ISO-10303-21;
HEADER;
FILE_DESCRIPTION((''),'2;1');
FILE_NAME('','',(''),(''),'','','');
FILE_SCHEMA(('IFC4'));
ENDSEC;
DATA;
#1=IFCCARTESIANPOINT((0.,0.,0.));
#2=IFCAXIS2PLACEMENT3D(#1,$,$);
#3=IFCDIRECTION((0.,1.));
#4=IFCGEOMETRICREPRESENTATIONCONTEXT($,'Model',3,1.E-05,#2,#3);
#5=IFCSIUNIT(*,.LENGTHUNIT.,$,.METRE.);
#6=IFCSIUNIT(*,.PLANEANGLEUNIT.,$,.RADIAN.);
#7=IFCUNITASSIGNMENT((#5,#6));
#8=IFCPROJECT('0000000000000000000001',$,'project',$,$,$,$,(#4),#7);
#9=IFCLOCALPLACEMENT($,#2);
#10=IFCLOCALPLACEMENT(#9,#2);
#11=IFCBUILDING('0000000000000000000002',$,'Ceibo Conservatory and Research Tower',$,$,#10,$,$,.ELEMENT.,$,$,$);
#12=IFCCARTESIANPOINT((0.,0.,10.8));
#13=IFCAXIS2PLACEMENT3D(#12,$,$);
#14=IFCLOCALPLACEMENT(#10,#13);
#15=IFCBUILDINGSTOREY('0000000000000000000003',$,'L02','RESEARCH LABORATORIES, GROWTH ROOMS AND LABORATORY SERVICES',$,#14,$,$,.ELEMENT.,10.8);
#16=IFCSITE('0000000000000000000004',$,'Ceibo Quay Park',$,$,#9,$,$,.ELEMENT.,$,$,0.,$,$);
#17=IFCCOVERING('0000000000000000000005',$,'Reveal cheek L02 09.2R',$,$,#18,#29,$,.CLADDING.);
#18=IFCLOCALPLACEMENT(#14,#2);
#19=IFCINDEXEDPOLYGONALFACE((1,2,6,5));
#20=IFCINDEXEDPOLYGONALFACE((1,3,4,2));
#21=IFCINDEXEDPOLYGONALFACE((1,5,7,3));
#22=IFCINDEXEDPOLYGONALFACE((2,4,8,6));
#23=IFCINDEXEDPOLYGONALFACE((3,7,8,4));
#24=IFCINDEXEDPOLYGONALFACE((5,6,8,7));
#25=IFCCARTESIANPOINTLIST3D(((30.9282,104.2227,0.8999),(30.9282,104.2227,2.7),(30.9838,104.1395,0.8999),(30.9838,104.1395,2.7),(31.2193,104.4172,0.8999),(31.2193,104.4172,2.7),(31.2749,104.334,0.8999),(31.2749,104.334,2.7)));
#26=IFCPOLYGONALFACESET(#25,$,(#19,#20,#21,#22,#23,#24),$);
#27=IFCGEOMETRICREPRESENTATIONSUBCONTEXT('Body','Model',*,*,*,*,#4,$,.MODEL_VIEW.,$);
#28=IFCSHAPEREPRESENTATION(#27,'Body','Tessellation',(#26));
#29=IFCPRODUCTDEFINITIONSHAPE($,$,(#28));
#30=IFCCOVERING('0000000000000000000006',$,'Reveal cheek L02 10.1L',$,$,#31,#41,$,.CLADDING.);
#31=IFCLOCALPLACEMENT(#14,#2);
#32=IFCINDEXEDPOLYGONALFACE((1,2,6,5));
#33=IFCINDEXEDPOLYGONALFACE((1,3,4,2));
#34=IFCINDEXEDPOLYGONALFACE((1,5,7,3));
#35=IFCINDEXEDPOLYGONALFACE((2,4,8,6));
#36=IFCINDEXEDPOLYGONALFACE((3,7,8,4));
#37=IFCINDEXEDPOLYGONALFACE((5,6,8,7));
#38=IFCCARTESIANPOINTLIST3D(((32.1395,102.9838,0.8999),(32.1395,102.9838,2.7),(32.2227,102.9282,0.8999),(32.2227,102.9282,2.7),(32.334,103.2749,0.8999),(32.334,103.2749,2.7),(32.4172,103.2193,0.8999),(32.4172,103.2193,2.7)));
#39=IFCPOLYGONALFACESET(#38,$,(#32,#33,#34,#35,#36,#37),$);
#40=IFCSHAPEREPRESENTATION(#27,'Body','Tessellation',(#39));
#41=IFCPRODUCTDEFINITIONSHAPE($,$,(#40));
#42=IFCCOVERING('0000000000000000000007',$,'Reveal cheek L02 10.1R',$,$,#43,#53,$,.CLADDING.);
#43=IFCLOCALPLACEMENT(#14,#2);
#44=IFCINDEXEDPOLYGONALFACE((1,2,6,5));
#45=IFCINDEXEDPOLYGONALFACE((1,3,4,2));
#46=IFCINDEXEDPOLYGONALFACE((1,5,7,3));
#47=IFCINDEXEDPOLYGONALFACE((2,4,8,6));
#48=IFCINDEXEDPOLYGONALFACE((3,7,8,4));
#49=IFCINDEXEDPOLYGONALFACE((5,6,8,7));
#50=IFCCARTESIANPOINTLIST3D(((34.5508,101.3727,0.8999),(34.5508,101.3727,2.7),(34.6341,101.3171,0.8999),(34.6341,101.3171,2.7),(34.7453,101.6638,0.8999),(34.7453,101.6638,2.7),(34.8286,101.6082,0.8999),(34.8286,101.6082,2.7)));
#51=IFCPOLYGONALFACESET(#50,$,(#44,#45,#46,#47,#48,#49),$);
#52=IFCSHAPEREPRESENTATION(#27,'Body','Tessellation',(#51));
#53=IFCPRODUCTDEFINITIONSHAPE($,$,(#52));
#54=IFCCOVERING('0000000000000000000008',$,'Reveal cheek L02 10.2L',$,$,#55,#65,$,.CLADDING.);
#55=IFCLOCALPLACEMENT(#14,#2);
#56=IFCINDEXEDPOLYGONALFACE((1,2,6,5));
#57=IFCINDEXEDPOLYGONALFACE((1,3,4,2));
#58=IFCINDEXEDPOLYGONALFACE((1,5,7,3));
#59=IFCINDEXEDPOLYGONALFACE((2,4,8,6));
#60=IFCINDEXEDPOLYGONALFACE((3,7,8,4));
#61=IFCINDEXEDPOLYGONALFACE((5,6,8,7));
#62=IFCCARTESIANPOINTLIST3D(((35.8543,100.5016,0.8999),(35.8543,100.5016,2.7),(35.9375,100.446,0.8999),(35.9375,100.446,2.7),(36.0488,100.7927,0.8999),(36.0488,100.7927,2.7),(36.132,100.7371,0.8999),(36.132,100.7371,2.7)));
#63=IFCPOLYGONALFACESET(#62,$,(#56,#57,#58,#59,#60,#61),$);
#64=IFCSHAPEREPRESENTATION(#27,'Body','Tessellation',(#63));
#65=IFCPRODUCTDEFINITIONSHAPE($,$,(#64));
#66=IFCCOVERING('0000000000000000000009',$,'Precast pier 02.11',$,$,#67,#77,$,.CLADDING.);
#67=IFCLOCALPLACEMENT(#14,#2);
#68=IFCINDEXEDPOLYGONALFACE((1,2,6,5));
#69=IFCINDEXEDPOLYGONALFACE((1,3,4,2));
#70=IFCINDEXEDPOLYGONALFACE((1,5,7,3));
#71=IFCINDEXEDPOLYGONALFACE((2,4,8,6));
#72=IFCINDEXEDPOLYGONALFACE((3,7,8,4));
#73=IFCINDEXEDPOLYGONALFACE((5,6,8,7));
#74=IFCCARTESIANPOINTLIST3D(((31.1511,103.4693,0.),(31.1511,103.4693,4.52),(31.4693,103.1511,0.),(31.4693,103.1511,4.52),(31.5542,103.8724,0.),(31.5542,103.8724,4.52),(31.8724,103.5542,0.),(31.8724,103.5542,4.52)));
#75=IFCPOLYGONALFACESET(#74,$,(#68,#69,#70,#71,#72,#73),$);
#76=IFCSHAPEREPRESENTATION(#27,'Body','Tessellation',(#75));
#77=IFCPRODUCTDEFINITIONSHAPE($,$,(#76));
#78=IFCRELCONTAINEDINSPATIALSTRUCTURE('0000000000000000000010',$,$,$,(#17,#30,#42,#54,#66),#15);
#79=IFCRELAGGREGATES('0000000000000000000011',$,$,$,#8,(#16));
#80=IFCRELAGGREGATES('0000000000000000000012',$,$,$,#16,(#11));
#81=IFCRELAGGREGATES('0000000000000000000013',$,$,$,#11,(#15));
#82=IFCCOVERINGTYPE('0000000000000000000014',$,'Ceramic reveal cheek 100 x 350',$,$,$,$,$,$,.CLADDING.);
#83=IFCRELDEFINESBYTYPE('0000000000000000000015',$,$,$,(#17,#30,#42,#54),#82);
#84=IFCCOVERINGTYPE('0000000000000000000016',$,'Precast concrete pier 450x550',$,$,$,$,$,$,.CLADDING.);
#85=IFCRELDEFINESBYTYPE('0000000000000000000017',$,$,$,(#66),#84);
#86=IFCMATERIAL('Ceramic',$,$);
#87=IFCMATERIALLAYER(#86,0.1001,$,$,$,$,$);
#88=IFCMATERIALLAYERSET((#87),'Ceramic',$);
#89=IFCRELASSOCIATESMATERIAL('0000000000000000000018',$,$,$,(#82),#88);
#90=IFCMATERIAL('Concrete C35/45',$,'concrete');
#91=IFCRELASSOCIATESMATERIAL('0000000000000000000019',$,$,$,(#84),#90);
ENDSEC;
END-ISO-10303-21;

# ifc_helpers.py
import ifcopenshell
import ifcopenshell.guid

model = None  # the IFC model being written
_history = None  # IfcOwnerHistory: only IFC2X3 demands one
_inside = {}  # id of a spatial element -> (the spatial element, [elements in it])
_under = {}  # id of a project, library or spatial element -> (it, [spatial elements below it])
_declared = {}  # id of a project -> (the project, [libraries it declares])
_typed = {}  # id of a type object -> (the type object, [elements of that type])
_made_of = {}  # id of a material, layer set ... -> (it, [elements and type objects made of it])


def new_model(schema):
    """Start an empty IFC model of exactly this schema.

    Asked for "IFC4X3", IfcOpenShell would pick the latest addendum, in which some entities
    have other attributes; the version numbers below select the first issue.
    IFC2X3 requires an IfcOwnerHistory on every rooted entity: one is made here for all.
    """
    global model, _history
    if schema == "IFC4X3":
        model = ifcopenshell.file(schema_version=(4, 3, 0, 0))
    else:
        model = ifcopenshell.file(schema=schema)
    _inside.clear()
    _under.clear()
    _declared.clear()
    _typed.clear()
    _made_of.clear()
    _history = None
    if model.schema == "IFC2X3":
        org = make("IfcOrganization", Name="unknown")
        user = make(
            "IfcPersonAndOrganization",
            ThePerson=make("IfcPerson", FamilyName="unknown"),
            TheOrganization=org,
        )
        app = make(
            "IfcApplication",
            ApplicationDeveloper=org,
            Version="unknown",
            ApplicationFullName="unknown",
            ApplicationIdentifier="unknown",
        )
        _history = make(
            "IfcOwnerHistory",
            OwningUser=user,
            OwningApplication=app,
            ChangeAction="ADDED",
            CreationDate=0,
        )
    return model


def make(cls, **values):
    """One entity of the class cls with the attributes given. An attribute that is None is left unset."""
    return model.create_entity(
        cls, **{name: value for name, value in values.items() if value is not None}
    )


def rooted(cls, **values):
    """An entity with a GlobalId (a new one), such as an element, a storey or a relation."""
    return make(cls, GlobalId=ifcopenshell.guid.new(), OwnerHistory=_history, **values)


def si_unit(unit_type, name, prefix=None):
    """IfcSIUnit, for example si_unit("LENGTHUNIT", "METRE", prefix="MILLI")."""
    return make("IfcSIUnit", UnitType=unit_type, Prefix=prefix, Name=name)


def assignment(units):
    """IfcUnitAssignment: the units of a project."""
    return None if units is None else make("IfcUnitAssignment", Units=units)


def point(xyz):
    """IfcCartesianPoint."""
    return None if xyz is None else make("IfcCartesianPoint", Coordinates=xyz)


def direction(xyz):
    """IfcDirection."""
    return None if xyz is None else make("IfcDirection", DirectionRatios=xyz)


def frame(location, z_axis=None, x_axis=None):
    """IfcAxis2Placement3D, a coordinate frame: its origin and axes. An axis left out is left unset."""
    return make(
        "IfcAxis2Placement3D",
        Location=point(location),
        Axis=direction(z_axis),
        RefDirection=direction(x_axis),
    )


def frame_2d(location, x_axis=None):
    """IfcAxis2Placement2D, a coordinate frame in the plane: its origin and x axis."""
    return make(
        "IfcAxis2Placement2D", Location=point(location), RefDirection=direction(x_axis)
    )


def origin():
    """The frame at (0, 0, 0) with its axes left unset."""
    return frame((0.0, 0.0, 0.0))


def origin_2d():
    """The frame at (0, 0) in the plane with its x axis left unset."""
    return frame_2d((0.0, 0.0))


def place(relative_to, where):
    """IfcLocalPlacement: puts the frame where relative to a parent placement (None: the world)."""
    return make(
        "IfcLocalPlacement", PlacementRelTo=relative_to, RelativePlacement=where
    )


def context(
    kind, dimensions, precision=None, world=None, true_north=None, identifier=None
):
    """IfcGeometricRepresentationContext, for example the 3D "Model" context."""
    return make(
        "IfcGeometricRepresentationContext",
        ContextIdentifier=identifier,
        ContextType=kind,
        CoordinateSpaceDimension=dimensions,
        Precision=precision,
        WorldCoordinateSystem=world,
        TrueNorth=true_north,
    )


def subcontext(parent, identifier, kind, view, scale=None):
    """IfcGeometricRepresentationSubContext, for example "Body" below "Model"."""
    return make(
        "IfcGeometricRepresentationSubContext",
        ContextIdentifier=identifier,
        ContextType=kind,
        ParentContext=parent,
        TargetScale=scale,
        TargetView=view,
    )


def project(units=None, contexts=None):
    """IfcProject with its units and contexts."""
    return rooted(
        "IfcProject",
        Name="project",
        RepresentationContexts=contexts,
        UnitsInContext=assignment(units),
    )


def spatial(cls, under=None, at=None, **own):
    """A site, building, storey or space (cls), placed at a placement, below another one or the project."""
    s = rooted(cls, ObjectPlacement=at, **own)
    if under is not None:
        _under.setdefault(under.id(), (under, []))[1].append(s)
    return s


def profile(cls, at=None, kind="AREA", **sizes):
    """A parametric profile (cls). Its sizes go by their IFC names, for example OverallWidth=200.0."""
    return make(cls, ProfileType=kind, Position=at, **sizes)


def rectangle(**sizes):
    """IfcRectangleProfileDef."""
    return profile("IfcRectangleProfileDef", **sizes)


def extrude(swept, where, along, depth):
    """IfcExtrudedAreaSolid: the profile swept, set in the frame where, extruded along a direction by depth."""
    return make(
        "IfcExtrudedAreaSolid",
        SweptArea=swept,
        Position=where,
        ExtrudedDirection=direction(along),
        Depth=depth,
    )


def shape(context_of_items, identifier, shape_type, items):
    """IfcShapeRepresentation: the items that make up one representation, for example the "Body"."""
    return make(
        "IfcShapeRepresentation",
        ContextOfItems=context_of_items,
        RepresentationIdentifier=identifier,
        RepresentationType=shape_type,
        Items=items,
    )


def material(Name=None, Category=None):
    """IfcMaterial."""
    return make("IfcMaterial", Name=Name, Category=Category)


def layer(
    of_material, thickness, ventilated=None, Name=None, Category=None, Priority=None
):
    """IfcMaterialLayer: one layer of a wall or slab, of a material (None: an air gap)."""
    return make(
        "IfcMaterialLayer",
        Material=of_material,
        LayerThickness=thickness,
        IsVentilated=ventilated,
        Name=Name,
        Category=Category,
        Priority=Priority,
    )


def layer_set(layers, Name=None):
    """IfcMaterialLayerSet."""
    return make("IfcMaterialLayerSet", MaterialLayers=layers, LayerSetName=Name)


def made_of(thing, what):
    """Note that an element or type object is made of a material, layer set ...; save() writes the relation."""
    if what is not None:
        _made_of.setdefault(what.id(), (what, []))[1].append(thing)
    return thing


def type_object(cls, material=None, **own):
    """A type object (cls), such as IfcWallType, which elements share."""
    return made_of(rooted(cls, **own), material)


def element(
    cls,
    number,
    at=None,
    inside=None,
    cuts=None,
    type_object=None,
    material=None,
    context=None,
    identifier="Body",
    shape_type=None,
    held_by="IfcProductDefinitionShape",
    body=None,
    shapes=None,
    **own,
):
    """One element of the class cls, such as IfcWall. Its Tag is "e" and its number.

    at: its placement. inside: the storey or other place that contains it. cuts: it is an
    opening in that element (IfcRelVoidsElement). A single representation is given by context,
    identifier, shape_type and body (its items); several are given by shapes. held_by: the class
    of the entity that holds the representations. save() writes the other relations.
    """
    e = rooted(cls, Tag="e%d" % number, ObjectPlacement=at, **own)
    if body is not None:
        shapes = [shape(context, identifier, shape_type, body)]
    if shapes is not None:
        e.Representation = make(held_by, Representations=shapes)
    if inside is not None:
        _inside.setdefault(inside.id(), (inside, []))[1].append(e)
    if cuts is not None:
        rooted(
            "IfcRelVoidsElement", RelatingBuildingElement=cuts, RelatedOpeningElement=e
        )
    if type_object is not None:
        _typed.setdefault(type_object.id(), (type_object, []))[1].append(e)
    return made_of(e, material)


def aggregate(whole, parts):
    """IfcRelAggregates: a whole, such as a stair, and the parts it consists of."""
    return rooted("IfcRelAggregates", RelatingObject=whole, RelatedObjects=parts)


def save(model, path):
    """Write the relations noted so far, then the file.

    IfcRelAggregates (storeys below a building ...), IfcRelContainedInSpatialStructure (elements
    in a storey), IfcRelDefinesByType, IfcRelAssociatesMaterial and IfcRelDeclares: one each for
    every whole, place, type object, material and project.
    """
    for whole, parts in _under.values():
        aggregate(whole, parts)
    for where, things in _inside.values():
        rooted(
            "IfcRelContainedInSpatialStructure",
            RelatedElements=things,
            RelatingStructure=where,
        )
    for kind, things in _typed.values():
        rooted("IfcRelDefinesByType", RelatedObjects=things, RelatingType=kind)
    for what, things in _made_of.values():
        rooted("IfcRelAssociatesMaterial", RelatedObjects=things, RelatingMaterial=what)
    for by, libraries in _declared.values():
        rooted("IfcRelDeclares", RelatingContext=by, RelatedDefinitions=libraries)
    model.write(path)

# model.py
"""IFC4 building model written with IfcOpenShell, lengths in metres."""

from ifc_helpers import new_model, si_unit, direction, frame, origin, origin_2d, place, context, subcontext, project, spatial, rectangle, extrude, material, layer, layer_set, type_object, element, save


model = new_model("IFC4")

# Units and contexts
model_context = context("Model", 3, precision=1e-05, world=origin(), true_north=direction((0.0, 1.0)))
body_context = subcontext(model_context, "Body", "Model", "MODEL_VIEW")
ifc_project = project(units=[si_unit("LENGTHUNIT", "METRE"), si_unit("PLANEANGLEUNIT", "RADIAN")], contexts=[model_context])

# Site, building, storey
site_placement = place(None, origin())
site = spatial("IfcSite", under=ifc_project, at=site_placement, Name="Ceibo Quay Park", CompositionType="ELEMENT", RefElevation=0.0)
building_placement = place(site_placement, origin())
building = spatial("IfcBuilding", under=site, at=building_placement, Name="Ceibo Conservatory and Research Tower", CompositionType="ELEMENT")
storey_placement = place(building_placement, frame((0.0, 0.0, 10.8)))
storey = spatial("IfcBuildingStorey", under=building, at=storey_placement, Name="L02", Description="RESEARCH LABORATORIES, GROWTH ROOMS AND LABORATORY SERVICES", CompositionType="ELEMENT", Elevation=10.8)

# Shared definitions
ifc_material_1 = material(Name="Concrete C35/45", Category="concrete")

# Coverings
ifc_material_2 = material(Name="Ceramic")
ifc_layer_1 = layer(ifc_material_2, 0.1001)
ifc_layer_set_1 = layer_set([ifc_layer_1], Name="Ceramic")
covering_type_1 = type_object("IfcCoveringType", Name="Ceramic reveal cheek 100 x 350", PredefinedType="CLADDING", material=ifc_layer_set_1)
for number, where, z_axis, x_axis, name in (
    (1, (31.1016, 104.2783, 0.8999), (0.0, 0.0, 1.0), (0.55557, -0.83147, 0.0), "Reveal cheek L02 09.2R"),
    (2, (32.2783, 103.1016, 0.8999), (0.0, 0.0, 1.0), (0.83147, -0.55557, 0.0), "Reveal cheek L02 10.1L"),
    (3, (34.6897, 101.4905, 0.8999), (0.0, 0.0, 1.0), (0.83147, -0.55557, 0.0), "Reveal cheek L02 10.1R"),
    (4, (35.9932, 100.6194, 0.8999), (0.0, 0.0, 1.0), (0.83147, -0.55557, 0.0), "Reveal cheek L02 10.2L"),
):
    element("IfcCovering", number, at=place(storey_placement, frame(where, z_axis=z_axis, x_axis=x_axis)), inside=storey, type_object=covering_type_1, Name=name, PredefinedType="CLADDING", context=body_context, shape_type="SweptSolid", body=[
        extrude(rectangle(XDim=0.1001, YDim=0.3501, at=origin_2d()), origin(), (0.0, 0.0, 1.0), 1.8),
    ])
covering_type_2 = type_object("IfcCoveringType", Name="Precast concrete pier 450x550", PredefinedType="CLADDING", material=ifc_material_1)
covering_placement = place(storey_placement, frame((31.5117, 103.5117, 0.0), z_axis=(0.0, 0.0, 1.0), x_axis=(-0.707107, -0.707107, 0.0)))
element("IfcCovering", 5, at=covering_placement, inside=storey, type_object=covering_type_2, Name="Precast pier 02.11", PredefinedType="CLADDING", context=body_context, shape_type="SweptSolid", body=[
    extrude(rectangle(XDim=0.5701, YDim=0.45, at=origin_2d()), origin(), (0.0, 0.0, 1.0), 4.52),
])

save(model, "model.ifc")
